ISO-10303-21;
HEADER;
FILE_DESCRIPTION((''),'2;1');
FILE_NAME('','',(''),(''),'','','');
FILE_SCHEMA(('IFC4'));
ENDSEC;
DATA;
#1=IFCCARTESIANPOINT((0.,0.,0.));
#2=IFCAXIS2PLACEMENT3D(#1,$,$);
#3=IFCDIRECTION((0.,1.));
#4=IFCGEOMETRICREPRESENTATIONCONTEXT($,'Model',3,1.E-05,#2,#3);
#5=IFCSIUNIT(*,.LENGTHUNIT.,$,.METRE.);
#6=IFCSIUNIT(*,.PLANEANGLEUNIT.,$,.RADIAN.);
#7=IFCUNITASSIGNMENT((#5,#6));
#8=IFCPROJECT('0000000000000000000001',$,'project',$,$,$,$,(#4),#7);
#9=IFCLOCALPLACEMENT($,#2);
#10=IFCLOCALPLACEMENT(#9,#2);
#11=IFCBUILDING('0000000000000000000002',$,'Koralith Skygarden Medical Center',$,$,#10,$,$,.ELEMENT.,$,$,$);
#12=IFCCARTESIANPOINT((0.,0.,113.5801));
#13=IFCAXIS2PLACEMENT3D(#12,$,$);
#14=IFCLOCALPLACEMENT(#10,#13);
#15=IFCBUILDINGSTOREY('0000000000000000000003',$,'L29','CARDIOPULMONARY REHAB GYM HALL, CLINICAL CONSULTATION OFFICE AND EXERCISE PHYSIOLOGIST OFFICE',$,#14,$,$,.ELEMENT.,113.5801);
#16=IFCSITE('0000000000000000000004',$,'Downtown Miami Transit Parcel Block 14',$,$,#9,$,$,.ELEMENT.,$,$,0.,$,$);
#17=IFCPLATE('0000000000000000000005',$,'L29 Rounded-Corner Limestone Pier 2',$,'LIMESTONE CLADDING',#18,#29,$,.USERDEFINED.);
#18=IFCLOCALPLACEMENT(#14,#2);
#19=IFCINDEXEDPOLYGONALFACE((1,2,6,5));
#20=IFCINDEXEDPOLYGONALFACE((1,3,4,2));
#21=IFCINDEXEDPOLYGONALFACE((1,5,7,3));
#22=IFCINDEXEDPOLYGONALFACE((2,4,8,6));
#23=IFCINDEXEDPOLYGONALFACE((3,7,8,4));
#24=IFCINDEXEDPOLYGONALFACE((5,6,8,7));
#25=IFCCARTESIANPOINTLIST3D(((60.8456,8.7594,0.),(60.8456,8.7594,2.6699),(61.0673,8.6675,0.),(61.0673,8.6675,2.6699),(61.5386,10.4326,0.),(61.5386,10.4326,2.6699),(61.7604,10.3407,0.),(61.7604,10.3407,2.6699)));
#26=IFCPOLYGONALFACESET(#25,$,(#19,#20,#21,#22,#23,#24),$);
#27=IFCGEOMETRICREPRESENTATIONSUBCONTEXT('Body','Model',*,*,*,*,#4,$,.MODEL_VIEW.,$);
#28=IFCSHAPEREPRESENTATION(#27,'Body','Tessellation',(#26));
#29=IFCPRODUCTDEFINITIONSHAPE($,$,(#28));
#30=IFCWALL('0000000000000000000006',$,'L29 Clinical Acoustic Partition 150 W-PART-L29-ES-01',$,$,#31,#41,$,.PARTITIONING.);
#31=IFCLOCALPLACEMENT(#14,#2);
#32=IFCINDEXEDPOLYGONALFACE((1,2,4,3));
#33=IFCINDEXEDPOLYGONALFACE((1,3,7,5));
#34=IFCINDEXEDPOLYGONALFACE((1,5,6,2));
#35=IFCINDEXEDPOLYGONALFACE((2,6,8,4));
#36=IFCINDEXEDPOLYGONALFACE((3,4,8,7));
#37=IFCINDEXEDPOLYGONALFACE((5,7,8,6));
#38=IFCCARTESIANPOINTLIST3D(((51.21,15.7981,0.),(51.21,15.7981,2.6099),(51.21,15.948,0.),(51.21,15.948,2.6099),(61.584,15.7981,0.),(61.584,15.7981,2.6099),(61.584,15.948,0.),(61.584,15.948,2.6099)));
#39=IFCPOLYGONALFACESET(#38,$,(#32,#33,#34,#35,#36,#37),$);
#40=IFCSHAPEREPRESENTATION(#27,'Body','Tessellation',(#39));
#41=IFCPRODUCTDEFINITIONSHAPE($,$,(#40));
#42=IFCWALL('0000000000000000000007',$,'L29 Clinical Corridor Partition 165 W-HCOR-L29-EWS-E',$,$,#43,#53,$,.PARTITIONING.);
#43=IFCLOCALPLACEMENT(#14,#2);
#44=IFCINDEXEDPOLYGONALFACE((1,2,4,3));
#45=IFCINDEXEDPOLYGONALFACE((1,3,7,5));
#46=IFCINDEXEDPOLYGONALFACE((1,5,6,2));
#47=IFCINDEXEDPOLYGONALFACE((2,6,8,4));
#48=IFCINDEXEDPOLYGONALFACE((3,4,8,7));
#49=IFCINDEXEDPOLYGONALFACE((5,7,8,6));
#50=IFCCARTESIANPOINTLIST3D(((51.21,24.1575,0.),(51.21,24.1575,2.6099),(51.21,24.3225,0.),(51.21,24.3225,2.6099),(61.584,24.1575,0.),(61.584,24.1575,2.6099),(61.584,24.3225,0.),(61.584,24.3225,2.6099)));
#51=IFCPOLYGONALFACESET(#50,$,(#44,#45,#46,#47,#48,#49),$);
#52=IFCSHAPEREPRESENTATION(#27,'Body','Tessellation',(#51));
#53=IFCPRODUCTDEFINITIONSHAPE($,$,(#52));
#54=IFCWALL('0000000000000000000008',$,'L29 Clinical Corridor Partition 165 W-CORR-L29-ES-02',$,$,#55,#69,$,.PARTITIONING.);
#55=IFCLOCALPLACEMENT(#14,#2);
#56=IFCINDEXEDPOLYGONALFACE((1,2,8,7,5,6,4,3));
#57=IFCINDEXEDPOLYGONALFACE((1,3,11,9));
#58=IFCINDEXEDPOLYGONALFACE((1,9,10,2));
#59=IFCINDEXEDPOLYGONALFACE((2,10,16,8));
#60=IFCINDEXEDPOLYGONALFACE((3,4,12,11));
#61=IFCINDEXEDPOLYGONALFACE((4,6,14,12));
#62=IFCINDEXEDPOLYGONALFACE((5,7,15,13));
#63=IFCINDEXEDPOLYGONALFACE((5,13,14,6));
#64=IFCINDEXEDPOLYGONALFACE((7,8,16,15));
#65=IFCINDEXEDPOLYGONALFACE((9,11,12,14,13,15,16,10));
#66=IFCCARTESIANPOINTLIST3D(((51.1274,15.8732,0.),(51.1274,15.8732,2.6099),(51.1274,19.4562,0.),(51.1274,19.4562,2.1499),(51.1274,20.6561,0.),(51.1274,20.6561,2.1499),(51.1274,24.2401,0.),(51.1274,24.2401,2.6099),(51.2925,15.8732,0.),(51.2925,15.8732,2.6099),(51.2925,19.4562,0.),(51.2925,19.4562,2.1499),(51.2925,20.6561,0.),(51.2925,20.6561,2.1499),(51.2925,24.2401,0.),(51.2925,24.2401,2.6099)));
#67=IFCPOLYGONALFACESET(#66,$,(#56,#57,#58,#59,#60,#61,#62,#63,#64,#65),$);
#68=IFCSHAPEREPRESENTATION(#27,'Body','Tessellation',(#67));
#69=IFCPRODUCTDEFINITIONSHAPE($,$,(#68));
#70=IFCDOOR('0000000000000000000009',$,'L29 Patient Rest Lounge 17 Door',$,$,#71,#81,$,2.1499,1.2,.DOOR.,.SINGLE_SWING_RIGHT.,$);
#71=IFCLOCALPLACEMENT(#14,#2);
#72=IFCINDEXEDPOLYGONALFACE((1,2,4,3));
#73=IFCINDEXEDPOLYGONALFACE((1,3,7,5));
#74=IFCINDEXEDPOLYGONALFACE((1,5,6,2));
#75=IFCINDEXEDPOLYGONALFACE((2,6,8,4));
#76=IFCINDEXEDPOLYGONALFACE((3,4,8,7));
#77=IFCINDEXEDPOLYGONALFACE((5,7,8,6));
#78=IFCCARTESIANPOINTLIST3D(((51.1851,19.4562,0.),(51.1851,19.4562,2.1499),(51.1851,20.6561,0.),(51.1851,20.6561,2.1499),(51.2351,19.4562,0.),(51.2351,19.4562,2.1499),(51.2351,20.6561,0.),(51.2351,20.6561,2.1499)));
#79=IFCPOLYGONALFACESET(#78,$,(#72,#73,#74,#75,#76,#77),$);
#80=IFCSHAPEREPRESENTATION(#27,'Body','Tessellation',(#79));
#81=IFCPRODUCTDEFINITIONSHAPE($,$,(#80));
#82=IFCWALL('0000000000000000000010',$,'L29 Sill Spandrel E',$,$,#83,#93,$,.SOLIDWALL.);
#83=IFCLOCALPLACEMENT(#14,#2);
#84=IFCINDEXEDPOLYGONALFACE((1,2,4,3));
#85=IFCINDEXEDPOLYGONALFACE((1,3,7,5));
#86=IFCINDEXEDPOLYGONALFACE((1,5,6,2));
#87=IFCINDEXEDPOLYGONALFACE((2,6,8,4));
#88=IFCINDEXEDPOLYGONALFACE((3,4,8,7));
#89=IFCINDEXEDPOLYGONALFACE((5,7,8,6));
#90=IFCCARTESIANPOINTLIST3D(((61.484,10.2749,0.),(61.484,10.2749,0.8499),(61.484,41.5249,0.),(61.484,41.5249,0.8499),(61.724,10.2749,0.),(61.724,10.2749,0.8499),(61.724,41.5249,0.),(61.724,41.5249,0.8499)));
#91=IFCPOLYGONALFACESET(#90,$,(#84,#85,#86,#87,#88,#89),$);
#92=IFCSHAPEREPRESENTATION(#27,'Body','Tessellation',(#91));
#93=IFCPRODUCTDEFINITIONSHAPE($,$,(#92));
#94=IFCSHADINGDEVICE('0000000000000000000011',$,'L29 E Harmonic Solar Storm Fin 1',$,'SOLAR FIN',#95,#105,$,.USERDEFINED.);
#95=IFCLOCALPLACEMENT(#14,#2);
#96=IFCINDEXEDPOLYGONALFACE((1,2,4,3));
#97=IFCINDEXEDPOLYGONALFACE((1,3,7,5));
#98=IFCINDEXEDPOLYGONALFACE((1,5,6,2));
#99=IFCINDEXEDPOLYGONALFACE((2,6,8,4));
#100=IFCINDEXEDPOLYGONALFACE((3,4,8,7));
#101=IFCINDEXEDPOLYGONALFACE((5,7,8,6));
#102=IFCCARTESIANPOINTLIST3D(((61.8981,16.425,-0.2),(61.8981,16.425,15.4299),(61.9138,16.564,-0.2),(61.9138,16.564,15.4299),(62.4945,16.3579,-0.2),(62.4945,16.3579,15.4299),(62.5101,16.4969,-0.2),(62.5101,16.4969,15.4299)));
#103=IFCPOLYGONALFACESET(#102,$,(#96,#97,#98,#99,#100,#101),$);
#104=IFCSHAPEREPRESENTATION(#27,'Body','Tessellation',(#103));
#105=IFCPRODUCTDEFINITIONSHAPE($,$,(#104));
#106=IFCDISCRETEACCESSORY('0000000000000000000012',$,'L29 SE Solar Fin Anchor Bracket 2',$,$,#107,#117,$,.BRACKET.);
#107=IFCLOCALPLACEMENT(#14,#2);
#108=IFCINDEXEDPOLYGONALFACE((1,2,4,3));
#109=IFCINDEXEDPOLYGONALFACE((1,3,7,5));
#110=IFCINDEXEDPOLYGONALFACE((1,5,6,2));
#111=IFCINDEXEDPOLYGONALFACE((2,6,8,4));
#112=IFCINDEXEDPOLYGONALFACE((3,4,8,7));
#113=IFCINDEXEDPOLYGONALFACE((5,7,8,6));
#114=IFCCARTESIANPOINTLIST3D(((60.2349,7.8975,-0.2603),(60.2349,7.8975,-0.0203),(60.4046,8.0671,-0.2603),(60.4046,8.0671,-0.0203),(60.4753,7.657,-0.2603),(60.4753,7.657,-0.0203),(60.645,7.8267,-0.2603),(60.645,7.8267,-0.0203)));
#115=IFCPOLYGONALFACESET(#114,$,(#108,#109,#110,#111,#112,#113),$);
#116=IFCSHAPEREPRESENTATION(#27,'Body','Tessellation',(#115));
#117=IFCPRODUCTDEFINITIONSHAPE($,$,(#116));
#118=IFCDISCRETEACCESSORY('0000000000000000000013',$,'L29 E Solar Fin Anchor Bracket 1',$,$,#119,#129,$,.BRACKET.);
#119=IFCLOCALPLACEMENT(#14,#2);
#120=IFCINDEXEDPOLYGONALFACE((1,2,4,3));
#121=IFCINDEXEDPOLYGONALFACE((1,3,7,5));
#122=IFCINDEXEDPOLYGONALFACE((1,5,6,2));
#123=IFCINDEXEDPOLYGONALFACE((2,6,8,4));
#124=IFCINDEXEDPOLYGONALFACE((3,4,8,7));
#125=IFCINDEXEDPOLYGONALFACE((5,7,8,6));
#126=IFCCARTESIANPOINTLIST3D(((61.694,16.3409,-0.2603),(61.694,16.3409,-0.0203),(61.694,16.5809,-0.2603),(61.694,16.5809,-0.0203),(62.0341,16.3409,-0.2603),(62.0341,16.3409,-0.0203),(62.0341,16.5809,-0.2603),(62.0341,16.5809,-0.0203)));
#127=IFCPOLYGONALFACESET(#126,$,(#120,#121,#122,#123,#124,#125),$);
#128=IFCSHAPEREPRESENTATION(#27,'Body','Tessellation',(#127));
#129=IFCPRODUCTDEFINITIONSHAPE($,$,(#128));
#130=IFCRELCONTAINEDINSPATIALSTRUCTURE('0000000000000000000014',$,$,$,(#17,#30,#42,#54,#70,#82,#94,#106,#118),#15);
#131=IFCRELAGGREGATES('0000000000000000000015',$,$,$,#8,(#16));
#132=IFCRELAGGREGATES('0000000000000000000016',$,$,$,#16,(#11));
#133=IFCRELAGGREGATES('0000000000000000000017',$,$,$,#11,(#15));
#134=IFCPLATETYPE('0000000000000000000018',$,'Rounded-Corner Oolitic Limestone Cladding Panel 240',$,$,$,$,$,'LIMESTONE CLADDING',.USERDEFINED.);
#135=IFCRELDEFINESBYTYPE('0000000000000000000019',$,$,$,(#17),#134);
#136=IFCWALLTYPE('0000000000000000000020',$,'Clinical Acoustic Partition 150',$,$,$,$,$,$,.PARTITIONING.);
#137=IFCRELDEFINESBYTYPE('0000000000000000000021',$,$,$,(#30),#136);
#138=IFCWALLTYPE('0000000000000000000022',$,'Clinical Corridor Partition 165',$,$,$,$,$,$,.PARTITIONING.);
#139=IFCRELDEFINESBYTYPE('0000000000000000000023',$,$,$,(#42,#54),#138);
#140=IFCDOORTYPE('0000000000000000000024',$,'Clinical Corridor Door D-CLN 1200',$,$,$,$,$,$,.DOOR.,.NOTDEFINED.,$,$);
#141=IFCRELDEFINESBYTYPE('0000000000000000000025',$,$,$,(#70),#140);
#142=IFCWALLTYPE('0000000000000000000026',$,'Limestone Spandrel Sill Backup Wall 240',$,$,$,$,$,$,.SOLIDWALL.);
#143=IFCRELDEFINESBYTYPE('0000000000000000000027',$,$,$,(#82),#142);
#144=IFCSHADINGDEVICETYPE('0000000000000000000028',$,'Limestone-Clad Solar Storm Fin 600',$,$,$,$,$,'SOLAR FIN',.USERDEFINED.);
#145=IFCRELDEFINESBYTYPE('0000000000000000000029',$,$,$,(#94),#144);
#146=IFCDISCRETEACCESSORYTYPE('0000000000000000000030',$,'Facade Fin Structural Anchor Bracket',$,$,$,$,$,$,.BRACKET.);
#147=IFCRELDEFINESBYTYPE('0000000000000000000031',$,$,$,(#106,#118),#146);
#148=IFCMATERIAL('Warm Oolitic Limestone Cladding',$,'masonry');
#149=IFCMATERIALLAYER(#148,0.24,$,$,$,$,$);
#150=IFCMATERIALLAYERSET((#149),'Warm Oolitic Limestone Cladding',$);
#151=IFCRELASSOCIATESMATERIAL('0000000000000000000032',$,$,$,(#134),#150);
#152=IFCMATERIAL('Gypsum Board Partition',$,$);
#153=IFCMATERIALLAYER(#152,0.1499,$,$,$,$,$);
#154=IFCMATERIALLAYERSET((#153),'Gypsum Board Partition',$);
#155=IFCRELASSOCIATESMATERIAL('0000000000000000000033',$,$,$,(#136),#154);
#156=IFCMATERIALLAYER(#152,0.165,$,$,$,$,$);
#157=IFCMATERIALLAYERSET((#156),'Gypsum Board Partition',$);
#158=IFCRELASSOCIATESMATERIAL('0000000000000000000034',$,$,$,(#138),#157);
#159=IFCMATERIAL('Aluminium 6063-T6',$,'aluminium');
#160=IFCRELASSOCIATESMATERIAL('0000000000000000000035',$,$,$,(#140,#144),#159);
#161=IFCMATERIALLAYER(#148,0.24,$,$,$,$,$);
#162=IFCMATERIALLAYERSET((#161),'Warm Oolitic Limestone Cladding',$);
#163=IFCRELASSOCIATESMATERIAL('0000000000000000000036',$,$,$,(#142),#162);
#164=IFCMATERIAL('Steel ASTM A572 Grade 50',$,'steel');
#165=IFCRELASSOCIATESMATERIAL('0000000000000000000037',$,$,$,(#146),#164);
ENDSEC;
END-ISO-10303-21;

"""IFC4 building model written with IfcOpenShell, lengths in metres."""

from ifc_helpers import new_model, si_unit, direction, frame, frame_2d, origin, origin_2d, place, context, subcontext, project, spatial, rectangle, extrude, material, layer, layer_set, type_object, element, fill, save


model = new_model("IFC4")

# Units and contexts
model_context = context("Model", 3, precision=1e-05, world=origin(), true_north=direction((0.0, 1.0)))
body_context = subcontext(model_context, "Body", "Model", "MODEL_VIEW")
ifc_project = project(units=[si_unit("LENGTHUNIT", "METRE"), si_unit("PLANEANGLEUNIT", "RADIAN")], contexts=[model_context])

# Site, building, storey
site_placement = place(None, origin())
site = spatial("IfcSite", under=ifc_project, at=site_placement, Name="Downtown Miami Transit Parcel Block 14", CompositionType="ELEMENT", RefElevation=0.0)
building_placement = place(site_placement, origin())
building = spatial("IfcBuilding", under=site, at=building_placement, Name="Koralith Skygarden Medical Center", CompositionType="ELEMENT")
storey_placement = place(building_placement, frame((0.0, 0.0, 113.5801)))
storey = spatial("IfcBuildingStorey", under=building, at=storey_placement, Name="L29", Description="CARDIOPULMONARY REHAB GYM HALL, CLINICAL CONSULTATION OFFICE AND EXERCISE PHYSIOLOGIST OFFICE", CompositionType="ELEMENT", Elevation=113.5801)

# Shared definitions
ifc_material_1 = material(Name="Aluminium 6063-T6", Category="aluminium")

# Plate
ifc_material_2 = material(Name="Warm Oolitic Limestone Cladding", Category="masonry")
ifc_layer_1 = layer(ifc_material_2, 0.24)
ifc_layer_set_1 = layer_set([ifc_layer_1], Name="Warm Oolitic Limestone Cladding")
plate_type_1 = type_object("IfcPlateType", Name="Rounded-Corner Oolitic Limestone Cladding Panel 240", ElementType="LIMESTONE CLADDING", PredefinedType="USERDEFINED", material=ifc_layer_set_1)
plate_1_placement = place(storey_placement, frame((61.303, 9.55, 0.0), z_axis=(0.0, 0.0, 1.0), x_axis=(0.382671, 0.923885, 0.0)))
element("IfcPlate", 1, at=plate_1_placement, inside=storey, type_object=plate_type_1, Name="L29 Rounded-Corner Limestone Pier 2", ObjectType="LIMESTONE CLADDING", PredefinedType="USERDEFINED", context=body_context, shape_type="SweptSolid", body=[
    extrude(rectangle(XDim=1.811, YDim=0.24, at=origin_2d()), origin(), (0.0, 0.0, 1.0), 2.6699),
])

# Walls
ifc_material_3 = material(Name="Gypsum Board Partition")
ifc_layer_2 = layer(ifc_material_3, 0.1499)
ifc_layer_set_2 = layer_set([ifc_layer_2], Name="Gypsum Board Partition")
wall_type_1 = type_object("IfcWallType", Name="Clinical Acoustic Partition 150", PredefinedType="PARTITIONING", material=ifc_layer_set_2)
wall_1_placement = place(storey_placement, frame((51.21, 15.873, 0.0), z_axis=(0.0, 0.0, 1.0), x_axis=(1.0, 0.0, 0.0)))
element("IfcWall", 2, at=wall_1_placement, inside=storey, type_object=wall_type_1, Name="L29 Clinical Acoustic Partition 150 W-PART-L29-ES-01", PredefinedType="PARTITIONING", context=body_context, shape_type="SweptSolid", body=[
    extrude(rectangle(XDim=10.374, YDim=0.1499, at=frame_2d((5.187, 0.0))), origin(), (0.0, 0.0, 1.0), 2.6099),
])
ifc_layer_3 = layer(ifc_material_3, 0.165)
ifc_layer_set_3 = layer_set([ifc_layer_3], Name="Gypsum Board Partition")
wall_type_2 = type_object("IfcWallType", Name="Clinical Corridor Partition 165", PredefinedType="PARTITIONING", material=ifc_layer_set_3)
wall_2_placement = place(storey_placement, frame((51.21, 24.24, 0.0), z_axis=(0.0, 0.0, 1.0), x_axis=(1.0, 0.0, 0.0)))
element("IfcWall", 3, at=wall_2_placement, inside=storey, type_object=wall_type_2, Name="L29 Clinical Corridor Partition 165 W-HCOR-L29-EWS-E", PredefinedType="PARTITIONING", context=body_context, shape_type="SweptSolid", body=[
    extrude(rectangle(XDim=10.374, YDim=0.165, at=frame_2d((5.187, 0.0))), origin(), (0.0, 0.0, 1.0), 2.6099),
])

# Wall, opening, door
wall_3_placement = place(storey_placement, frame((51.21, 15.873, 0.0), z_axis=(0.0, 0.0, 1.0), x_axis=(0.0, 1.0, 0.0)))
wall_3 = element("IfcWall", 4, at=wall_3_placement, inside=storey, type_object=wall_type_2, Name="L29 Clinical Corridor Partition 165 W-CORR-L29-ES-02", PredefinedType="PARTITIONING", context=body_context, shape_type="SweptSolid", body=[
    extrude(rectangle(XDim=8.3669, YDim=0.165, at=frame_2d((4.1836, 0.0))), origin(), (0.0, 0.0, 1.0), 2.6099),
])
opening_placement = place(wall_3_placement, frame((3.583, 0.0, 0.0)))
opening = element("IfcOpeningElement", 5, at=opening_placement, cuts=wall_3, PredefinedType="OPENING", context=body_context, shape_type="SweptSolid", body=[
    extrude(rectangle(XDim=1.2, YDim=2.1499, at=frame_2d((0.6001, 1.075))), frame((0.0, 0.0925, 0.0), z_axis=(0.0, -1.0, 0.0), x_axis=(1.0, 0.0, 0.0)), (0.0, 0.0, 1.0), 0.1851),
])
door_type = type_object("IfcDoorType", Name="Clinical Corridor Door D-CLN 1200", OperationType="NOTDEFINED", PredefinedType="DOOR", material=ifc_material_1)
door_placement = place(opening_placement, origin())
door = element("IfcDoor", 6, at=door_placement, inside=storey, type_object=door_type, Name="L29 Patient Rest Lounge 17 Door", OperationType="SINGLE_SWING_RIGHT", OverallHeight=2.1499, OverallWidth=1.2, PredefinedType="DOOR", context=body_context, shape_type="SweptSolid", body=[
    extrude(rectangle(XDim=1.2, YDim=2.1499, at=frame_2d((0.6001, 1.075))), frame((0.0, 0.0249, 0.0), z_axis=(0.0, -1.0, 0.0), x_axis=(1.0, 0.0, 0.0)), (0.0, 0.0, 1.0), 0.05),
])
fill(opening, door)

# Wall
ifc_layer_4 = layer(ifc_material_2, 0.24)
ifc_layer_set_4 = layer_set([ifc_layer_4], Name="Warm Oolitic Limestone Cladding")
wall_type_3 = type_object("IfcWallType", Name="Limestone Spandrel Sill Backup Wall 240", PredefinedType="SOLIDWALL", material=ifc_layer_set_4)
wall_4_placement = place(storey_placement, frame((61.604, 10.2749, 0.0), z_axis=(0.0, 0.0, 1.0), x_axis=(0.0, 1.0, 0.0)))
element("IfcWall", 7, at=wall_4_placement, inside=storey, type_object=wall_type_3, Name="L29 Sill Spandrel E", PredefinedType="SOLIDWALL", context=body_context, shape_type="SweptSolid", body=[
    extrude(rectangle(XDim=31.25, YDim=0.24, at=frame_2d((15.625, 0.0))), origin(), (0.0, 0.0, 1.0), 0.8499),
])

# Shading device
shading_device_type = type_object("IfcShadingDeviceType", Name="Limestone-Clad Solar Storm Fin 600", ElementType="SOLAR FIN", PredefinedType="USERDEFINED", material=ifc_material_1)
shading_device_placement = place(storey_placement, frame((62.2041, 16.4609, -0.2), z_axis=(0.0, 0.0, 1.0), x_axis=(0.993733, -0.111781, 0.0)))
element("IfcShadingDevice", 8, at=shading_device_placement, inside=storey, type_object=shading_device_type, Name="L29 E Harmonic Solar Storm Fin 1", ObjectType="SOLAR FIN", PredefinedType="USERDEFINED", context=body_context, shape_type="SweptSolid", body=[
    extrude(rectangle(XDim=0.6001, YDim=0.1399, at=origin_2d()), origin(), (0.0, 0.0, 1.0), 15.6299),
])

# Discrete accessories
ifc_material_4 = material(Name="Steel ASTM A572 Grade 50", Category="steel")
discrete_accessory_type = type_object("IfcDiscreteAccessoryType", Name="Facade Fin Structural Anchor Bracket", PredefinedType="BRACKET", material=ifc_material_4)
for number, where, z_axis, x_axis, name in (
    (9, (60.4399, 7.8621, -0.2603), (0.0, 0.0, 1.0), (0.707107, -0.707107, 0.0), "L29 SE Solar Fin Anchor Bracket 2"),
    (10, (61.864, 16.4609, -0.2603), (0.0, 0.0, 1.0), (1.0, 0.0, 0.0), "L29 E Solar Fin Anchor Bracket 1"),
):
    element("IfcDiscreteAccessory", number, at=place(storey_placement, frame(where, z_axis=z_axis, x_axis=x_axis)), inside=storey, type_object=discrete_accessory_type, Name=name, PredefinedType="BRACKET", context=body_context, shape_type="SweptSolid", body=[
        extrude(rectangle(XDim=0.3401, YDim=0.24, at=origin_2d()), origin(), (0.0, 0.0, 1.0), 0.24),
    ])

save(model, "model.ifc")
